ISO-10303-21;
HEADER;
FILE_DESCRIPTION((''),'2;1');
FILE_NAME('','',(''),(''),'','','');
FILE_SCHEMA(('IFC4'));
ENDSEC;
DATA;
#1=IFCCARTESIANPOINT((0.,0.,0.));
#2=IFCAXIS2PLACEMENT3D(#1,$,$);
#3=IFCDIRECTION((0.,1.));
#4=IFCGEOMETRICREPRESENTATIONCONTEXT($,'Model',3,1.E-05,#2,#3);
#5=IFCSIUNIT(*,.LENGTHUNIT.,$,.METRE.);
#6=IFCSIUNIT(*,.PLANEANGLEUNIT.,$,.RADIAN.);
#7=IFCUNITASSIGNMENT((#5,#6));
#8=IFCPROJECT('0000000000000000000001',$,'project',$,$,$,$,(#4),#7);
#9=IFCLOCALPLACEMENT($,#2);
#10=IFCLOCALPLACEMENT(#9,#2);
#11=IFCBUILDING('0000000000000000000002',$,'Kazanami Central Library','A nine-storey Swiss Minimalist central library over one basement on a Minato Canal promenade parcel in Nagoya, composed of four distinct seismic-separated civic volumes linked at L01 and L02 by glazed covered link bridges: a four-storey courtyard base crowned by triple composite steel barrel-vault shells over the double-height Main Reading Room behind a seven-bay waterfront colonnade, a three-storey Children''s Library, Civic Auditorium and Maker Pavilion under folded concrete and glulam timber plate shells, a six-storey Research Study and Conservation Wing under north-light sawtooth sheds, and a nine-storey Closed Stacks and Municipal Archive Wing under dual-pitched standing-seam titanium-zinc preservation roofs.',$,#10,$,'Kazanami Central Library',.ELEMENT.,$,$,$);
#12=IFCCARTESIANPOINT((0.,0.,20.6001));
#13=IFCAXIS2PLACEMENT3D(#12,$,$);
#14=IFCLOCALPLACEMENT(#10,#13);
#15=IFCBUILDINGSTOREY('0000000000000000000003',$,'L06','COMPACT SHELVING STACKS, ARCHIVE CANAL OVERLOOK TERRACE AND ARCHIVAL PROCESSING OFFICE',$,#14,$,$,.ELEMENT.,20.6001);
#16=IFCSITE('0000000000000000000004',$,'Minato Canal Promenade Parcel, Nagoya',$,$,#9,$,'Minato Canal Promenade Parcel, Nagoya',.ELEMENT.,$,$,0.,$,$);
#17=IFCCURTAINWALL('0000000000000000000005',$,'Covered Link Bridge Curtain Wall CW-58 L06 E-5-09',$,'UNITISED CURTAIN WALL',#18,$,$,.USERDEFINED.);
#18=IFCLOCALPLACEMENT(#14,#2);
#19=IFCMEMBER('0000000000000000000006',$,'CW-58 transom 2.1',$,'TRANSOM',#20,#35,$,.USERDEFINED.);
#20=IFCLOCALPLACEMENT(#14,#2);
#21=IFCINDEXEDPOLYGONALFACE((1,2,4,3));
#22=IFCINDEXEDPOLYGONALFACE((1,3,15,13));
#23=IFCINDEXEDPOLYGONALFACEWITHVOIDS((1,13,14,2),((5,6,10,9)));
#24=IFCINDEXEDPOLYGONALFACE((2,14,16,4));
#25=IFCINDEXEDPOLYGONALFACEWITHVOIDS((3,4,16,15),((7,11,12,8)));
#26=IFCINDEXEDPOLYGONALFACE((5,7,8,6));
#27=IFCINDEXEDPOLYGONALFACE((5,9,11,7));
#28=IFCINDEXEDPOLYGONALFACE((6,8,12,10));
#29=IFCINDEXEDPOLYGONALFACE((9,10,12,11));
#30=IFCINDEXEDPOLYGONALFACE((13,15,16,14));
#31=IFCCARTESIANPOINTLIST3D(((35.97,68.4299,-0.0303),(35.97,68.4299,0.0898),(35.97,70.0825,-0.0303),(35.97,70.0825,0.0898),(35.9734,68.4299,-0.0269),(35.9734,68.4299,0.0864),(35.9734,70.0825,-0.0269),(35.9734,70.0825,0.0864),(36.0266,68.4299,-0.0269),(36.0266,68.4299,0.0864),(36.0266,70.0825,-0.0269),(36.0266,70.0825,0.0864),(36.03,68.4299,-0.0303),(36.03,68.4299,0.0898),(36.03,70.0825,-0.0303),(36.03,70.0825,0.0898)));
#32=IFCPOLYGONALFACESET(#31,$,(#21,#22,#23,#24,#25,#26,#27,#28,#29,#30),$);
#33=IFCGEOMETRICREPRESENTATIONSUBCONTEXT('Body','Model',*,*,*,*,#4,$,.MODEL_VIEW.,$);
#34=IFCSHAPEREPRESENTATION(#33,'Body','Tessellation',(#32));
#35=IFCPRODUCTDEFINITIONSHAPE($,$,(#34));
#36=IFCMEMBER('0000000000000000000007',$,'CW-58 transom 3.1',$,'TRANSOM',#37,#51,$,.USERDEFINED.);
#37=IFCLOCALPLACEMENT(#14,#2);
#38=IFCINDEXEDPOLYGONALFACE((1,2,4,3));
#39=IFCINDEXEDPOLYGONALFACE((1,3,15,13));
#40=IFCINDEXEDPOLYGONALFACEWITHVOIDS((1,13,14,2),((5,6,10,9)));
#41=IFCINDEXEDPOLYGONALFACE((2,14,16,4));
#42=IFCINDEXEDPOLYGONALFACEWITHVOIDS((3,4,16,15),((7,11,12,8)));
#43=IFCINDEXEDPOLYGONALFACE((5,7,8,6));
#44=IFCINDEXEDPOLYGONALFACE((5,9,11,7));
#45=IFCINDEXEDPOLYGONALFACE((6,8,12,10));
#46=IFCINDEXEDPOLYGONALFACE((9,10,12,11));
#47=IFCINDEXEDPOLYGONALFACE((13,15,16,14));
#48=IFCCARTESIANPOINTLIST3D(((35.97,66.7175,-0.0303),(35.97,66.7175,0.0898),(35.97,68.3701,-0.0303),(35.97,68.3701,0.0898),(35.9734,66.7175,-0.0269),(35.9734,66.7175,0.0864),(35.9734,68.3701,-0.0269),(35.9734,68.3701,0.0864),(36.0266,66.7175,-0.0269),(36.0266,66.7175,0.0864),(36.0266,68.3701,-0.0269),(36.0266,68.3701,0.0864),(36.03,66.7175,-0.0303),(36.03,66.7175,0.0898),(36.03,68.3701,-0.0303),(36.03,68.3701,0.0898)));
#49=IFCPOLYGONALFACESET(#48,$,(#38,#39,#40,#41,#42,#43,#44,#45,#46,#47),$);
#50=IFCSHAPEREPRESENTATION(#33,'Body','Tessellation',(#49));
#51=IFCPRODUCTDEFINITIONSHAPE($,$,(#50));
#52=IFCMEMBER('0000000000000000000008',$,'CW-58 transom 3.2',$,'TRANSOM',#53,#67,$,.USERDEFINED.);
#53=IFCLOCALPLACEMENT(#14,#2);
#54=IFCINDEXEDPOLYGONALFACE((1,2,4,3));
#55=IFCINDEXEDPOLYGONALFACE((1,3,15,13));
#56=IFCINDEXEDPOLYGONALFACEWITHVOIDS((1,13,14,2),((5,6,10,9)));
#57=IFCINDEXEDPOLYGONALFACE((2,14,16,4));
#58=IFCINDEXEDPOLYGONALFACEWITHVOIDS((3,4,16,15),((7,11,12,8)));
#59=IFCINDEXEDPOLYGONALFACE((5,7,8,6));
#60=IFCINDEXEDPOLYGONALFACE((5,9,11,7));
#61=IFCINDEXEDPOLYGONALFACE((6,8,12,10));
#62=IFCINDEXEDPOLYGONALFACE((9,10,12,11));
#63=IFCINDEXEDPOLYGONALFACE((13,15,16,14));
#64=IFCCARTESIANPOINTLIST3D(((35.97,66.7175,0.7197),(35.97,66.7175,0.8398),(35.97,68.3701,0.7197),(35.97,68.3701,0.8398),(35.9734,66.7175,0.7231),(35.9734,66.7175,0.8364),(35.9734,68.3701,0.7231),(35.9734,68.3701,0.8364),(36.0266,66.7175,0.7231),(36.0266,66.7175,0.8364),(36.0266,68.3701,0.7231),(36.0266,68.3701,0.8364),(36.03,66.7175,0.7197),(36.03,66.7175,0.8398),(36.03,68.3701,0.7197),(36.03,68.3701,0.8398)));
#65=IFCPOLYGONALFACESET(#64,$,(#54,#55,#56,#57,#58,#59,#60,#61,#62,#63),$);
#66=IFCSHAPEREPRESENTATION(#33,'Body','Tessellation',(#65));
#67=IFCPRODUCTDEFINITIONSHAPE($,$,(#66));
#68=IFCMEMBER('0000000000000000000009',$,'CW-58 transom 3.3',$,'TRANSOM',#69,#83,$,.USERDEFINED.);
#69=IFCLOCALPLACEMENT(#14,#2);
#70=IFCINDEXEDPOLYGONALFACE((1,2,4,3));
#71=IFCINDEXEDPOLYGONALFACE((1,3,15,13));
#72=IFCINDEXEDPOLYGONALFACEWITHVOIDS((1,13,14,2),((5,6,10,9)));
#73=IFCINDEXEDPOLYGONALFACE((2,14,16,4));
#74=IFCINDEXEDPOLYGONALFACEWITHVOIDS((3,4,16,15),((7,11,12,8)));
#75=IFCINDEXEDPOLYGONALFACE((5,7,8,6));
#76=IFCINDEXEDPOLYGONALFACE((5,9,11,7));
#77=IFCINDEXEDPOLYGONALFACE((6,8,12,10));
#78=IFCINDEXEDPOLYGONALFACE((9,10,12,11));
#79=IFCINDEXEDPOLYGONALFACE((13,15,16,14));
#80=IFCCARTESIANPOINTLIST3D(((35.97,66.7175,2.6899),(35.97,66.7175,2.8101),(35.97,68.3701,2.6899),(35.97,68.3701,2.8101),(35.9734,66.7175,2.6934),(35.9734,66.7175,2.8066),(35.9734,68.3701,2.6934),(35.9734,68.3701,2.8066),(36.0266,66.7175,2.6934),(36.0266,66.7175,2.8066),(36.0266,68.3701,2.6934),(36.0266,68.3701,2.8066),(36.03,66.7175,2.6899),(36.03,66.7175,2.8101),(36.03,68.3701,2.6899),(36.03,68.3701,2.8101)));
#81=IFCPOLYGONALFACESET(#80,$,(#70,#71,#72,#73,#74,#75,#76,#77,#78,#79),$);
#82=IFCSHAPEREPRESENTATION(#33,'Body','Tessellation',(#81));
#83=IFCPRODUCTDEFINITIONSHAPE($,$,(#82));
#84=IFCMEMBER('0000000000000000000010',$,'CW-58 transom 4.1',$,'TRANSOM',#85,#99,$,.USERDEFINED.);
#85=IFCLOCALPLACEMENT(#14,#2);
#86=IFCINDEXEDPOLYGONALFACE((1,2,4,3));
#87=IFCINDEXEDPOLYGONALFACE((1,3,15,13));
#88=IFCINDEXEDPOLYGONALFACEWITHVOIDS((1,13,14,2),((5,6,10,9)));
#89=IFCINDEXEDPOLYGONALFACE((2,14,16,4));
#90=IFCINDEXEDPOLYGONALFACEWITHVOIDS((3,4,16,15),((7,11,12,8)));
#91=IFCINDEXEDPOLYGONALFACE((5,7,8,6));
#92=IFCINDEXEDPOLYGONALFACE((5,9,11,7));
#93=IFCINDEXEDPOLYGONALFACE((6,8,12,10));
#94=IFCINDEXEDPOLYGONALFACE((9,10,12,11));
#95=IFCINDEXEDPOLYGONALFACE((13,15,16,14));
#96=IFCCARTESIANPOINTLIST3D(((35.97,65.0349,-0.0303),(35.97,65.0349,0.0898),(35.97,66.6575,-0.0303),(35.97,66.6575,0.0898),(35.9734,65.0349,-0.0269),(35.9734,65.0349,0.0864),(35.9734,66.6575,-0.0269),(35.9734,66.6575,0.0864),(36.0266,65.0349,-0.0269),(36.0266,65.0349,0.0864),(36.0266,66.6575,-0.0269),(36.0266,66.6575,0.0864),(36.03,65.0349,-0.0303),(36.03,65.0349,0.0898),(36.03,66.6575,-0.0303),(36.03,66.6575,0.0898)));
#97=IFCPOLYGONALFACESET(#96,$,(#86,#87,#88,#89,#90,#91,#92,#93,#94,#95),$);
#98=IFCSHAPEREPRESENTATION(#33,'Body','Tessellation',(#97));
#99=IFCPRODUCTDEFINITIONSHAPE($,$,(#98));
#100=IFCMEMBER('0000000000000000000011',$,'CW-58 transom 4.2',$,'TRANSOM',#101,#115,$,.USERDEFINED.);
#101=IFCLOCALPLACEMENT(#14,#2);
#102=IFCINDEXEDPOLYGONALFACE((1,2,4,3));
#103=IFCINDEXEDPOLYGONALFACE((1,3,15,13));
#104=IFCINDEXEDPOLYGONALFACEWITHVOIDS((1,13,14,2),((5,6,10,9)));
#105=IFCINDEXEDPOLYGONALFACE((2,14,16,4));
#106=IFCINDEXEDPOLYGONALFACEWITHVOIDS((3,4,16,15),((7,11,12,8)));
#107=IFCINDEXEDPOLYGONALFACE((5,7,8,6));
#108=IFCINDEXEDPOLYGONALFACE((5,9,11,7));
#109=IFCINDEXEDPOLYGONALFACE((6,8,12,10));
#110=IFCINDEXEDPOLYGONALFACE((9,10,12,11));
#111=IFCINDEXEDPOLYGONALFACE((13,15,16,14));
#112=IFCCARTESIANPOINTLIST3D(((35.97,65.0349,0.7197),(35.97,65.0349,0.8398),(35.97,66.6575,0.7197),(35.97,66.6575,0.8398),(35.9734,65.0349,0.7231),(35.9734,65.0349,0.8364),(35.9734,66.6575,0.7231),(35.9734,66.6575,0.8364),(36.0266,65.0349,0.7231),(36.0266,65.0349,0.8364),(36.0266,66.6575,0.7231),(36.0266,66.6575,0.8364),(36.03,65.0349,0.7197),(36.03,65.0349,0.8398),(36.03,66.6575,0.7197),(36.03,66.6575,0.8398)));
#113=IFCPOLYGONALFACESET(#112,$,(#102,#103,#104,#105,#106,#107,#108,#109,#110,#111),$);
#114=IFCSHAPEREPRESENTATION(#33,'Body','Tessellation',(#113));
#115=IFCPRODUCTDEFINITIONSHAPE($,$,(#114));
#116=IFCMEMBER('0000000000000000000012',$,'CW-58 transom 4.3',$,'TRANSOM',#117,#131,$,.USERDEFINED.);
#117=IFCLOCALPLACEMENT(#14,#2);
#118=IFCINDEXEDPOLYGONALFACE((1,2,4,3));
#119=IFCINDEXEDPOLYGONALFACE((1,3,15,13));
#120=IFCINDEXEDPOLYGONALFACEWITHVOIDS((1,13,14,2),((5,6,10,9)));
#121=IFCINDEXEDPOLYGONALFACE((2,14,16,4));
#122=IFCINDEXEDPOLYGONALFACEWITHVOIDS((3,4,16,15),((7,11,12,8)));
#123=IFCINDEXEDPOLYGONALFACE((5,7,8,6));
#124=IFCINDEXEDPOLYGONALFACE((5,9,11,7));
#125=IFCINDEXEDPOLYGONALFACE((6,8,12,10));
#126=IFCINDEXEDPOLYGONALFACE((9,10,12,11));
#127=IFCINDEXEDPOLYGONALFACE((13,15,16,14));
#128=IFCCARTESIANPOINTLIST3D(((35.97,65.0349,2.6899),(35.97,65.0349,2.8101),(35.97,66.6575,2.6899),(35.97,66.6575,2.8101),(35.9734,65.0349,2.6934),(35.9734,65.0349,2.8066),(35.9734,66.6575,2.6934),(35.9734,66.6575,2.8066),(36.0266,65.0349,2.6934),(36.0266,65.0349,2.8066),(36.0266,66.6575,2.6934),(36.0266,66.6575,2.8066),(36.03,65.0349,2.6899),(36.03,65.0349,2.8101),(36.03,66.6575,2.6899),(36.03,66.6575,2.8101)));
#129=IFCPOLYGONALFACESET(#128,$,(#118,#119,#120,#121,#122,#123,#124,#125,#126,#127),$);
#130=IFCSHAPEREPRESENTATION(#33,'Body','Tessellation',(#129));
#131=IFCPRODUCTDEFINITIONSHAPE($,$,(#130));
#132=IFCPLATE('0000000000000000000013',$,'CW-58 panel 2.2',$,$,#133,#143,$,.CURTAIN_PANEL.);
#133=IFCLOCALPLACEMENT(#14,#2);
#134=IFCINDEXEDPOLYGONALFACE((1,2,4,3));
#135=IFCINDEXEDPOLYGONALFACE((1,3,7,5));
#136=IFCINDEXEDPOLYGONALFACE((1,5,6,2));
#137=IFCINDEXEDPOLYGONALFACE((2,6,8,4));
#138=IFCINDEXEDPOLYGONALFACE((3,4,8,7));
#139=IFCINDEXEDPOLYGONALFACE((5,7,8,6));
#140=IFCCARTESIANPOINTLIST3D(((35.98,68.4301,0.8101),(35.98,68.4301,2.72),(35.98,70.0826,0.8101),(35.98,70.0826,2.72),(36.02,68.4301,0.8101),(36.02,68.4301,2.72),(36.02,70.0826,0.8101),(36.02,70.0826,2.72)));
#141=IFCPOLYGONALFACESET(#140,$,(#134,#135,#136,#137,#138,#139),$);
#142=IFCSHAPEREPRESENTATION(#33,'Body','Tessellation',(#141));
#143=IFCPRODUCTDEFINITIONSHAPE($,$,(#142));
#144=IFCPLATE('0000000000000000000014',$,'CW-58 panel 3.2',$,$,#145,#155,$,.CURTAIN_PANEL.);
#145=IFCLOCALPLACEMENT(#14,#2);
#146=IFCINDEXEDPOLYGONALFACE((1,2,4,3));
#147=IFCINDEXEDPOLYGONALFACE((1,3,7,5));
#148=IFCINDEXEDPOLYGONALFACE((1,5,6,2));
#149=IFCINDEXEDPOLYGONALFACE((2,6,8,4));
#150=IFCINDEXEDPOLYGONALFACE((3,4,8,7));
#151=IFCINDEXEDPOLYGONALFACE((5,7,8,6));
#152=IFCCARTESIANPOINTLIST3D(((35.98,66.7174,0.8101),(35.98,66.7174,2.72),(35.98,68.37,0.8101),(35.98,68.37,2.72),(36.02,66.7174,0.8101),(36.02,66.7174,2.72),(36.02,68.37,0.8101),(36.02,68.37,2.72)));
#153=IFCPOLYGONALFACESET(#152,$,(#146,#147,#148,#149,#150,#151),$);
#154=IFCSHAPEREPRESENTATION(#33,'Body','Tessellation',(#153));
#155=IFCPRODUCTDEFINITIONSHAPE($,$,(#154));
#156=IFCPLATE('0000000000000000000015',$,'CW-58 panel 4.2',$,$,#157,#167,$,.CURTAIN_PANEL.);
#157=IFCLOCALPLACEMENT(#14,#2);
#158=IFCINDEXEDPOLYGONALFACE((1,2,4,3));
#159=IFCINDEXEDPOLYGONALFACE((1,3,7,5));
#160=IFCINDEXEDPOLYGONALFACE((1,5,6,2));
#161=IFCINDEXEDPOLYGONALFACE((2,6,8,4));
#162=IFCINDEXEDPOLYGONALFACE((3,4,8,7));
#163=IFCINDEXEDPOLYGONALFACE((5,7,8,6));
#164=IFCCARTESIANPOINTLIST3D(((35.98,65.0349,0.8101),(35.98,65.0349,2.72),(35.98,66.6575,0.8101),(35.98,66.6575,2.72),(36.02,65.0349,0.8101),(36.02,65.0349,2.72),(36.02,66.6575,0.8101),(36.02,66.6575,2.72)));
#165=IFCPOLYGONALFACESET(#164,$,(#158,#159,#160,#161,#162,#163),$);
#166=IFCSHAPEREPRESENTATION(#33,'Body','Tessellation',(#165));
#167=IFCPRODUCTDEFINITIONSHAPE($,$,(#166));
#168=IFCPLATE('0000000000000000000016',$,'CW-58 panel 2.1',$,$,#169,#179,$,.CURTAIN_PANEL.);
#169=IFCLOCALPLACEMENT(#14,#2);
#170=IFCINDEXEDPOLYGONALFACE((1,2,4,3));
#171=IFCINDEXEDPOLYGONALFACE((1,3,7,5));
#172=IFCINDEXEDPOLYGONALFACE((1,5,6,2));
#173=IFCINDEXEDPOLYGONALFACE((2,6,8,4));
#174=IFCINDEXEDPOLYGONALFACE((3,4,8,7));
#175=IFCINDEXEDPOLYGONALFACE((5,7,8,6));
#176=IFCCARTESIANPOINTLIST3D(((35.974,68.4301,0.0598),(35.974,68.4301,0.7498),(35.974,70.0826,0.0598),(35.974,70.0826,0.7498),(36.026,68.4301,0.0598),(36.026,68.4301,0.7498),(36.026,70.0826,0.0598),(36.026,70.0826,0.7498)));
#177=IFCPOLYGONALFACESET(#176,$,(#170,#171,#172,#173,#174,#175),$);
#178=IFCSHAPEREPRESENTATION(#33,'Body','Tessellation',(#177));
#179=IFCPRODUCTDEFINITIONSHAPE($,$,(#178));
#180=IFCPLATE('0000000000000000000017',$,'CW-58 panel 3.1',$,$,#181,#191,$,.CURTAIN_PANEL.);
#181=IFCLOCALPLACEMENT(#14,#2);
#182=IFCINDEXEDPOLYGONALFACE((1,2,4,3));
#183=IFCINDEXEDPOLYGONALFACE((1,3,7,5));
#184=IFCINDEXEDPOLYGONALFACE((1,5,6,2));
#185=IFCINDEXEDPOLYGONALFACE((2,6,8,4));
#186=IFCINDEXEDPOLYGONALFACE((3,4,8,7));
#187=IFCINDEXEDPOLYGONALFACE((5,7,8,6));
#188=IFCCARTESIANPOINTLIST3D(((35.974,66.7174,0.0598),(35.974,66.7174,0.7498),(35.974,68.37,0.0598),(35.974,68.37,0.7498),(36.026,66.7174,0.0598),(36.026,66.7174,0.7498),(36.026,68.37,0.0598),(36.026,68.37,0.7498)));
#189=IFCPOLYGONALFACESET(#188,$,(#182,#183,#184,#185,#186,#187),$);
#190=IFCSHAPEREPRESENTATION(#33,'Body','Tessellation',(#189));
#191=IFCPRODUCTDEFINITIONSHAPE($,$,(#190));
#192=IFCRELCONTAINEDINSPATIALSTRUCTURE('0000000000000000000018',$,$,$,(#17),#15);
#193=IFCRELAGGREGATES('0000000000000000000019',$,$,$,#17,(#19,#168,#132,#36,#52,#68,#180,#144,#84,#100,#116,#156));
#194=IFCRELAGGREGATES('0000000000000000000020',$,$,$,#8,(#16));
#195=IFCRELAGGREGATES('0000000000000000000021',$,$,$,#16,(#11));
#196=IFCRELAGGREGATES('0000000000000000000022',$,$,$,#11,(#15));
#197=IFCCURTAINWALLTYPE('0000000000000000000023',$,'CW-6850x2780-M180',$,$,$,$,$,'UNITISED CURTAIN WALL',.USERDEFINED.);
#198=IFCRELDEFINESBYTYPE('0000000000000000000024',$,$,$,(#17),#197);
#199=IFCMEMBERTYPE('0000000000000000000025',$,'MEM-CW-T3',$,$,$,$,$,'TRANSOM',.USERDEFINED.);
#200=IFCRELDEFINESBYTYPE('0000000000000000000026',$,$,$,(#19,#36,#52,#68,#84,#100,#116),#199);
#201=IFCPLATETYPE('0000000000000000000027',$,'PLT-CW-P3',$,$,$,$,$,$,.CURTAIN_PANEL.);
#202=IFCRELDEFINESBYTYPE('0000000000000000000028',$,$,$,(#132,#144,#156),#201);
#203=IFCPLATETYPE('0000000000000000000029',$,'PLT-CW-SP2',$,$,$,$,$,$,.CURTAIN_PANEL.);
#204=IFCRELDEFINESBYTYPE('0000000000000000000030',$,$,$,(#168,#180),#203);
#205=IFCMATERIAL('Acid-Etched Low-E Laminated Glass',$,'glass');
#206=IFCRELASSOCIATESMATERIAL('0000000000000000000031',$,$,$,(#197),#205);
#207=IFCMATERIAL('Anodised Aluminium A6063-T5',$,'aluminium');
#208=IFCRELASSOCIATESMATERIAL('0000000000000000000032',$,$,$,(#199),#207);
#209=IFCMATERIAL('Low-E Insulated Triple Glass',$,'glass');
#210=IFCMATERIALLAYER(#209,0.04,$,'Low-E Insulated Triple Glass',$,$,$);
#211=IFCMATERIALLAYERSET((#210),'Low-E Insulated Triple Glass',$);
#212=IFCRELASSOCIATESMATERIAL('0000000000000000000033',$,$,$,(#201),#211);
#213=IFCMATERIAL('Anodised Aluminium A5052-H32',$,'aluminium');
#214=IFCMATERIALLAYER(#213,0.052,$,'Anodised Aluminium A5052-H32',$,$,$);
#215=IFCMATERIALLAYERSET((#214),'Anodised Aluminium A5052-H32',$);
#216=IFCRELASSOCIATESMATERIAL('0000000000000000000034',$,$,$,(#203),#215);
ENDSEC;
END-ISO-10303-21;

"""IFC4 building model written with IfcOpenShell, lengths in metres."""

from ifc_helpers import new_model, si_unit, direction, frame, origin, origin_2d, place, context, subcontext, project, spatial, rectangle, hollow_rectangle, extrude, material, layer, layer_set, material_profile, profile_set, type_object, element, aggregate, save


model = new_model("IFC4")

# Units and contexts
model_context = context("Model", 3, precision=1e-05, world=origin(), true_north=direction((0.0, 1.0)))
body_context = subcontext(model_context, "Body", "Model", "MODEL_VIEW")
ifc_project = project(units=[si_unit("LENGTHUNIT", "METRE"), si_unit("PLANEANGLEUNIT", "RADIAN")], contexts=[model_context])

# Site, building, storey
site_placement = place(None, origin())
site = spatial("IfcSite", under=ifc_project, at=site_placement, Name="Minato Canal Promenade Parcel, Nagoya", LongName="Minato Canal Promenade Parcel, Nagoya", CompositionType="ELEMENT", RefElevation=0.0)
building_placement = place(site_placement, origin())
building = spatial("IfcBuilding", under=site, at=building_placement, Name="Kazanami Central Library", Description="A nine-storey Swiss Minimalist central library over one basement on a Minato Canal promenade parcel in Nagoya, composed of four distinct seismic-separated civic volumes linked at L01 and L02 by glazed covered link bridges: a four-storey courtyard base crowned by triple composite steel barrel-vault shells over the double-height Main Reading Room behind a seven-bay waterfront colonnade, a three-storey Children's Library, Civic Auditorium and Maker Pavilion under folded concrete and glulam timber plate shells, a six-storey Research Study and Conservation Wing under north-light sawtooth sheds, and a nine-storey Closed Stacks and Municipal Archive Wing under dual-pitched standing-seam titanium-zinc preservation roofs.", LongName="Kazanami Central Library", CompositionType="ELEMENT")
storey_placement = place(building_placement, frame((0.0, 0.0, 20.6001)))
storey = spatial("IfcBuildingStorey", under=building, at=storey_placement, Name="L06", Description="COMPACT SHELVING STACKS, ARCHIVE CANAL OVERLOOK TERRACE AND ARCHIVAL PROCESSING OFFICE", CompositionType="ELEMENT", Elevation=20.6001)

# Curtain wall, members, plates
ifc_material_1 = material(Name="Acid-Etched Low-E Laminated Glass", Category="glass")
curtain_wall_type = type_object("IfcCurtainWallType", Name="CW-6850x2780-M180", ElementType="UNITISED CURTAIN WALL", PredefinedType="USERDEFINED", material=ifc_material_1)
curtain_wall_placement = place(storey_placement, origin())
curtain_wall = element("IfcCurtainWall", 1, at=curtain_wall_placement, inside=storey, type_object=curtain_wall_type, Name="Covered Link Bridge Curtain Wall CW-58 L06 E-5-09", ObjectType="UNITISED CURTAIN WALL", PredefinedType="USERDEFINED")
ifc_material_2 = material(Name="Anodised Aluminium A6063-T5", Category="aluminium")
ifc_material_profile_1 = material_profile(ifc_material_2, hollow_rectangle(XDim=0.0601, YDim=0.1201, WallThickness=0.0034, at=origin_2d()), Name="ALU-TRAN-60x120x3.5")
ifc_profile_set_1 = profile_set([ifc_material_profile_1], Name="Anodised Aluminium A6063-T5")
member_type_1 = type_object("IfcMemberType", Name="MEM-CW-T3", ElementType="TRANSOM", PredefinedType="USERDEFINED", material=ifc_profile_set_1)
member_1_placement = place(storey_placement, frame((36.0, 70.0825, 0.0298), z_axis=(0.0, -1.0, 0.0), x_axis=(1.0, 0.0, 0.0)))
member_1 = element("IfcMember", 2, at=member_1_placement, type_object=member_type_1, Name="CW-58 transom 2.1", ObjectType="TRANSOM", PredefinedType="USERDEFINED", context=body_context, shape_type="SweptSolid", body=[
    extrude(hollow_rectangle(XDim=0.0601, YDim=0.1201, WallThickness=0.0034, at=origin_2d()), origin(), (0.0, 0.0, 1.0), 1.6526),
])
member_2_placement = place(storey_placement, frame((36.0, 68.3701, 0.0298), z_axis=(0.0, -1.0, 0.0), x_axis=(1.0, 0.0, 0.0)))
member_2 = element("IfcMember", 3, at=member_2_placement, type_object=member_type_1, Name="CW-58 transom 3.1", ObjectType="TRANSOM", PredefinedType="USERDEFINED", context=body_context, shape_type="SweptSolid", body=[
    extrude(hollow_rectangle(XDim=0.0601, YDim=0.1201, WallThickness=0.0034, at=origin_2d()), origin(), (0.0, 0.0, 1.0), 1.6526),
])
member_3_placement = place(storey_placement, frame((36.0, 68.3701, 0.7798), z_axis=(0.0, -1.0, 0.0), x_axis=(1.0, 0.0, 0.0)))
member_3 = element("IfcMember", 4, at=member_3_placement, type_object=member_type_1, Name="CW-58 transom 3.2", ObjectType="TRANSOM", PredefinedType="USERDEFINED", context=body_context, shape_type="SweptSolid", body=[
    extrude(hollow_rectangle(XDim=0.0601, YDim=0.1201, WallThickness=0.0034, at=origin_2d()), origin(), (0.0, 0.0, 1.0), 1.6526),
])
member_4_placement = place(storey_placement, frame((36.0, 68.3701, 2.75), z_axis=(0.0, -1.0, 0.0), x_axis=(1.0, 0.0, 0.0)))
member_4 = element("IfcMember", 5, at=member_4_placement, type_object=member_type_1, Name="CW-58 transom 3.3", ObjectType="TRANSOM", PredefinedType="USERDEFINED", context=body_context, shape_type="SweptSolid", body=[
    extrude(hollow_rectangle(XDim=0.0601, YDim=0.1201, WallThickness=0.0034, at=origin_2d()), origin(), (0.0, 0.0, 1.0), 1.6526),
])
member_5_placement = place(storey_placement, frame((36.0, 66.6575, 0.0298), z_axis=(0.0, -1.0, 0.0), x_axis=(1.0, 0.0, 0.0)))
member_5 = element("IfcMember", 6, at=member_5_placement, type_object=member_type_1, Name="CW-58 transom 4.1", ObjectType="TRANSOM", PredefinedType="USERDEFINED", context=body_context, shape_type="SweptSolid", body=[
    extrude(hollow_rectangle(XDim=0.0601, YDim=0.1201, WallThickness=0.0034, at=origin_2d()), origin(), (0.0, 0.0, 1.0), 1.6226),
])
member_6_placement = place(storey_placement, frame((36.0, 66.6575, 0.7798), z_axis=(0.0, -1.0, 0.0), x_axis=(1.0, 0.0, 0.0)))
member_6 = element("IfcMember", 7, at=member_6_placement, type_object=member_type_1, Name="CW-58 transom 4.2", ObjectType="TRANSOM", PredefinedType="USERDEFINED", context=body_context, shape_type="SweptSolid", body=[
    extrude(hollow_rectangle(XDim=0.0601, YDim=0.1201, WallThickness=0.0034, at=origin_2d()), origin(), (0.0, 0.0, 1.0), 1.6226),
])
member_7_placement = place(storey_placement, frame((36.0, 66.6575, 2.75), z_axis=(0.0, -1.0, 0.0), x_axis=(1.0, 0.0, 0.0)))
member_7 = element("IfcMember", 8, at=member_7_placement, type_object=member_type_1, Name="CW-58 transom 4.3", ObjectType="TRANSOM", PredefinedType="USERDEFINED", context=body_context, shape_type="SweptSolid", body=[
    extrude(hollow_rectangle(XDim=0.0601, YDim=0.1201, WallThickness=0.0034, at=origin_2d()), origin(), (0.0, 0.0, 1.0), 1.6226),
])
ifc_material_3 = material(Name="Low-E Insulated Triple Glass", Category="glass")
ifc_layer_1 = layer(ifc_material_3, 0.04, Name="Low-E Insulated Triple Glass")
ifc_layer_set_1 = layer_set([ifc_layer_1], Name="Low-E Insulated Triple Glass")
plate_type_1 = type_object("IfcPlateType", Name="PLT-CW-P3", PredefinedType="CURTAIN_PANEL", material=ifc_layer_set_1)
plate_1_placement = place(storey_placement, frame((36.0, 69.2563, 0.8101), z_axis=(0.0, 0.0, 1.0), x_axis=(0.0, -1.0, 0.0)))
plate_1 = element("IfcPlate", 9, at=plate_1_placement, type_object=plate_type_1, Name="CW-58 panel 2.2", PredefinedType="CURTAIN_PANEL", context=body_context, shape_type="SweptSolid", body=[
    extrude(rectangle(XDim=1.6526, YDim=0.04, at=origin_2d()), origin(), (0.0, 0.0, 1.0), 1.9099),
])
plate_2_placement = place(storey_placement, frame((36.0, 67.5437, 0.8101), z_axis=(0.0, 0.0, 1.0), x_axis=(0.0, -1.0, 0.0)))
plate_2 = element("IfcPlate", 10, at=plate_2_placement, type_object=plate_type_1, Name="CW-58 panel 3.2", PredefinedType="CURTAIN_PANEL", context=body_context, shape_type="SweptSolid", body=[
    extrude(rectangle(XDim=1.6526, YDim=0.04, at=origin_2d()), origin(), (0.0, 0.0, 1.0), 1.9099),
])
plate_3_placement = place(storey_placement, frame((36.0, 65.8462, 0.8101), z_axis=(0.0, 0.0, 1.0), x_axis=(0.0, -1.0, 0.0)))
plate_3 = element("IfcPlate", 11, at=plate_3_placement, type_object=plate_type_1, Name="CW-58 panel 4.2", PredefinedType="CURTAIN_PANEL", context=body_context, shape_type="SweptSolid", body=[
    extrude(rectangle(XDim=1.6226, YDim=0.04, at=origin_2d()), origin(), (0.0, 0.0, 1.0), 1.9099),
])
ifc_material_4 = material(Name="Anodised Aluminium A5052-H32", Category="aluminium")
ifc_layer_2 = layer(ifc_material_4, 0.052, Name="Anodised Aluminium A5052-H32")
ifc_layer_set_2 = layer_set([ifc_layer_2], Name="Anodised Aluminium A5052-H32")
plate_type_2 = type_object("IfcPlateType", Name="PLT-CW-SP2", PredefinedType="CURTAIN_PANEL", material=ifc_layer_set_2)
plate_4_placement = place(storey_placement, frame((36.0, 69.2563, 0.0598), z_axis=(0.0, 0.0, 1.0), x_axis=(0.0, -1.0, 0.0)))
plate_4 = element("IfcPlate", 12, at=plate_4_placement, type_object=plate_type_2, Name="CW-58 panel 2.1", PredefinedType="CURTAIN_PANEL", context=body_context, shape_type="SweptSolid", body=[
    extrude(rectangle(XDim=1.6526, YDim=0.052, at=origin_2d()), origin(), (0.0, 0.0, 1.0), 0.6899),
])
plate_5_placement = place(storey_placement, frame((36.0, 67.5437, 0.0598), z_axis=(0.0, 0.0, 1.0), x_axis=(0.0, -1.0, 0.0)))
plate_5 = element("IfcPlate", 13, at=plate_5_placement, type_object=plate_type_2, Name="CW-58 panel 3.1", PredefinedType="CURTAIN_PANEL", context=body_context, shape_type="SweptSolid", body=[
    extrude(rectangle(XDim=1.6526, YDim=0.052, at=origin_2d()), origin(), (0.0, 0.0, 1.0), 0.6899),
])
aggregate(curtain_wall, [member_1, plate_4, plate_1, member_2, member_3, member_4, plate_5, plate_2, member_5, member_6, member_7, plate_3])

save(model, "model.ifc")
